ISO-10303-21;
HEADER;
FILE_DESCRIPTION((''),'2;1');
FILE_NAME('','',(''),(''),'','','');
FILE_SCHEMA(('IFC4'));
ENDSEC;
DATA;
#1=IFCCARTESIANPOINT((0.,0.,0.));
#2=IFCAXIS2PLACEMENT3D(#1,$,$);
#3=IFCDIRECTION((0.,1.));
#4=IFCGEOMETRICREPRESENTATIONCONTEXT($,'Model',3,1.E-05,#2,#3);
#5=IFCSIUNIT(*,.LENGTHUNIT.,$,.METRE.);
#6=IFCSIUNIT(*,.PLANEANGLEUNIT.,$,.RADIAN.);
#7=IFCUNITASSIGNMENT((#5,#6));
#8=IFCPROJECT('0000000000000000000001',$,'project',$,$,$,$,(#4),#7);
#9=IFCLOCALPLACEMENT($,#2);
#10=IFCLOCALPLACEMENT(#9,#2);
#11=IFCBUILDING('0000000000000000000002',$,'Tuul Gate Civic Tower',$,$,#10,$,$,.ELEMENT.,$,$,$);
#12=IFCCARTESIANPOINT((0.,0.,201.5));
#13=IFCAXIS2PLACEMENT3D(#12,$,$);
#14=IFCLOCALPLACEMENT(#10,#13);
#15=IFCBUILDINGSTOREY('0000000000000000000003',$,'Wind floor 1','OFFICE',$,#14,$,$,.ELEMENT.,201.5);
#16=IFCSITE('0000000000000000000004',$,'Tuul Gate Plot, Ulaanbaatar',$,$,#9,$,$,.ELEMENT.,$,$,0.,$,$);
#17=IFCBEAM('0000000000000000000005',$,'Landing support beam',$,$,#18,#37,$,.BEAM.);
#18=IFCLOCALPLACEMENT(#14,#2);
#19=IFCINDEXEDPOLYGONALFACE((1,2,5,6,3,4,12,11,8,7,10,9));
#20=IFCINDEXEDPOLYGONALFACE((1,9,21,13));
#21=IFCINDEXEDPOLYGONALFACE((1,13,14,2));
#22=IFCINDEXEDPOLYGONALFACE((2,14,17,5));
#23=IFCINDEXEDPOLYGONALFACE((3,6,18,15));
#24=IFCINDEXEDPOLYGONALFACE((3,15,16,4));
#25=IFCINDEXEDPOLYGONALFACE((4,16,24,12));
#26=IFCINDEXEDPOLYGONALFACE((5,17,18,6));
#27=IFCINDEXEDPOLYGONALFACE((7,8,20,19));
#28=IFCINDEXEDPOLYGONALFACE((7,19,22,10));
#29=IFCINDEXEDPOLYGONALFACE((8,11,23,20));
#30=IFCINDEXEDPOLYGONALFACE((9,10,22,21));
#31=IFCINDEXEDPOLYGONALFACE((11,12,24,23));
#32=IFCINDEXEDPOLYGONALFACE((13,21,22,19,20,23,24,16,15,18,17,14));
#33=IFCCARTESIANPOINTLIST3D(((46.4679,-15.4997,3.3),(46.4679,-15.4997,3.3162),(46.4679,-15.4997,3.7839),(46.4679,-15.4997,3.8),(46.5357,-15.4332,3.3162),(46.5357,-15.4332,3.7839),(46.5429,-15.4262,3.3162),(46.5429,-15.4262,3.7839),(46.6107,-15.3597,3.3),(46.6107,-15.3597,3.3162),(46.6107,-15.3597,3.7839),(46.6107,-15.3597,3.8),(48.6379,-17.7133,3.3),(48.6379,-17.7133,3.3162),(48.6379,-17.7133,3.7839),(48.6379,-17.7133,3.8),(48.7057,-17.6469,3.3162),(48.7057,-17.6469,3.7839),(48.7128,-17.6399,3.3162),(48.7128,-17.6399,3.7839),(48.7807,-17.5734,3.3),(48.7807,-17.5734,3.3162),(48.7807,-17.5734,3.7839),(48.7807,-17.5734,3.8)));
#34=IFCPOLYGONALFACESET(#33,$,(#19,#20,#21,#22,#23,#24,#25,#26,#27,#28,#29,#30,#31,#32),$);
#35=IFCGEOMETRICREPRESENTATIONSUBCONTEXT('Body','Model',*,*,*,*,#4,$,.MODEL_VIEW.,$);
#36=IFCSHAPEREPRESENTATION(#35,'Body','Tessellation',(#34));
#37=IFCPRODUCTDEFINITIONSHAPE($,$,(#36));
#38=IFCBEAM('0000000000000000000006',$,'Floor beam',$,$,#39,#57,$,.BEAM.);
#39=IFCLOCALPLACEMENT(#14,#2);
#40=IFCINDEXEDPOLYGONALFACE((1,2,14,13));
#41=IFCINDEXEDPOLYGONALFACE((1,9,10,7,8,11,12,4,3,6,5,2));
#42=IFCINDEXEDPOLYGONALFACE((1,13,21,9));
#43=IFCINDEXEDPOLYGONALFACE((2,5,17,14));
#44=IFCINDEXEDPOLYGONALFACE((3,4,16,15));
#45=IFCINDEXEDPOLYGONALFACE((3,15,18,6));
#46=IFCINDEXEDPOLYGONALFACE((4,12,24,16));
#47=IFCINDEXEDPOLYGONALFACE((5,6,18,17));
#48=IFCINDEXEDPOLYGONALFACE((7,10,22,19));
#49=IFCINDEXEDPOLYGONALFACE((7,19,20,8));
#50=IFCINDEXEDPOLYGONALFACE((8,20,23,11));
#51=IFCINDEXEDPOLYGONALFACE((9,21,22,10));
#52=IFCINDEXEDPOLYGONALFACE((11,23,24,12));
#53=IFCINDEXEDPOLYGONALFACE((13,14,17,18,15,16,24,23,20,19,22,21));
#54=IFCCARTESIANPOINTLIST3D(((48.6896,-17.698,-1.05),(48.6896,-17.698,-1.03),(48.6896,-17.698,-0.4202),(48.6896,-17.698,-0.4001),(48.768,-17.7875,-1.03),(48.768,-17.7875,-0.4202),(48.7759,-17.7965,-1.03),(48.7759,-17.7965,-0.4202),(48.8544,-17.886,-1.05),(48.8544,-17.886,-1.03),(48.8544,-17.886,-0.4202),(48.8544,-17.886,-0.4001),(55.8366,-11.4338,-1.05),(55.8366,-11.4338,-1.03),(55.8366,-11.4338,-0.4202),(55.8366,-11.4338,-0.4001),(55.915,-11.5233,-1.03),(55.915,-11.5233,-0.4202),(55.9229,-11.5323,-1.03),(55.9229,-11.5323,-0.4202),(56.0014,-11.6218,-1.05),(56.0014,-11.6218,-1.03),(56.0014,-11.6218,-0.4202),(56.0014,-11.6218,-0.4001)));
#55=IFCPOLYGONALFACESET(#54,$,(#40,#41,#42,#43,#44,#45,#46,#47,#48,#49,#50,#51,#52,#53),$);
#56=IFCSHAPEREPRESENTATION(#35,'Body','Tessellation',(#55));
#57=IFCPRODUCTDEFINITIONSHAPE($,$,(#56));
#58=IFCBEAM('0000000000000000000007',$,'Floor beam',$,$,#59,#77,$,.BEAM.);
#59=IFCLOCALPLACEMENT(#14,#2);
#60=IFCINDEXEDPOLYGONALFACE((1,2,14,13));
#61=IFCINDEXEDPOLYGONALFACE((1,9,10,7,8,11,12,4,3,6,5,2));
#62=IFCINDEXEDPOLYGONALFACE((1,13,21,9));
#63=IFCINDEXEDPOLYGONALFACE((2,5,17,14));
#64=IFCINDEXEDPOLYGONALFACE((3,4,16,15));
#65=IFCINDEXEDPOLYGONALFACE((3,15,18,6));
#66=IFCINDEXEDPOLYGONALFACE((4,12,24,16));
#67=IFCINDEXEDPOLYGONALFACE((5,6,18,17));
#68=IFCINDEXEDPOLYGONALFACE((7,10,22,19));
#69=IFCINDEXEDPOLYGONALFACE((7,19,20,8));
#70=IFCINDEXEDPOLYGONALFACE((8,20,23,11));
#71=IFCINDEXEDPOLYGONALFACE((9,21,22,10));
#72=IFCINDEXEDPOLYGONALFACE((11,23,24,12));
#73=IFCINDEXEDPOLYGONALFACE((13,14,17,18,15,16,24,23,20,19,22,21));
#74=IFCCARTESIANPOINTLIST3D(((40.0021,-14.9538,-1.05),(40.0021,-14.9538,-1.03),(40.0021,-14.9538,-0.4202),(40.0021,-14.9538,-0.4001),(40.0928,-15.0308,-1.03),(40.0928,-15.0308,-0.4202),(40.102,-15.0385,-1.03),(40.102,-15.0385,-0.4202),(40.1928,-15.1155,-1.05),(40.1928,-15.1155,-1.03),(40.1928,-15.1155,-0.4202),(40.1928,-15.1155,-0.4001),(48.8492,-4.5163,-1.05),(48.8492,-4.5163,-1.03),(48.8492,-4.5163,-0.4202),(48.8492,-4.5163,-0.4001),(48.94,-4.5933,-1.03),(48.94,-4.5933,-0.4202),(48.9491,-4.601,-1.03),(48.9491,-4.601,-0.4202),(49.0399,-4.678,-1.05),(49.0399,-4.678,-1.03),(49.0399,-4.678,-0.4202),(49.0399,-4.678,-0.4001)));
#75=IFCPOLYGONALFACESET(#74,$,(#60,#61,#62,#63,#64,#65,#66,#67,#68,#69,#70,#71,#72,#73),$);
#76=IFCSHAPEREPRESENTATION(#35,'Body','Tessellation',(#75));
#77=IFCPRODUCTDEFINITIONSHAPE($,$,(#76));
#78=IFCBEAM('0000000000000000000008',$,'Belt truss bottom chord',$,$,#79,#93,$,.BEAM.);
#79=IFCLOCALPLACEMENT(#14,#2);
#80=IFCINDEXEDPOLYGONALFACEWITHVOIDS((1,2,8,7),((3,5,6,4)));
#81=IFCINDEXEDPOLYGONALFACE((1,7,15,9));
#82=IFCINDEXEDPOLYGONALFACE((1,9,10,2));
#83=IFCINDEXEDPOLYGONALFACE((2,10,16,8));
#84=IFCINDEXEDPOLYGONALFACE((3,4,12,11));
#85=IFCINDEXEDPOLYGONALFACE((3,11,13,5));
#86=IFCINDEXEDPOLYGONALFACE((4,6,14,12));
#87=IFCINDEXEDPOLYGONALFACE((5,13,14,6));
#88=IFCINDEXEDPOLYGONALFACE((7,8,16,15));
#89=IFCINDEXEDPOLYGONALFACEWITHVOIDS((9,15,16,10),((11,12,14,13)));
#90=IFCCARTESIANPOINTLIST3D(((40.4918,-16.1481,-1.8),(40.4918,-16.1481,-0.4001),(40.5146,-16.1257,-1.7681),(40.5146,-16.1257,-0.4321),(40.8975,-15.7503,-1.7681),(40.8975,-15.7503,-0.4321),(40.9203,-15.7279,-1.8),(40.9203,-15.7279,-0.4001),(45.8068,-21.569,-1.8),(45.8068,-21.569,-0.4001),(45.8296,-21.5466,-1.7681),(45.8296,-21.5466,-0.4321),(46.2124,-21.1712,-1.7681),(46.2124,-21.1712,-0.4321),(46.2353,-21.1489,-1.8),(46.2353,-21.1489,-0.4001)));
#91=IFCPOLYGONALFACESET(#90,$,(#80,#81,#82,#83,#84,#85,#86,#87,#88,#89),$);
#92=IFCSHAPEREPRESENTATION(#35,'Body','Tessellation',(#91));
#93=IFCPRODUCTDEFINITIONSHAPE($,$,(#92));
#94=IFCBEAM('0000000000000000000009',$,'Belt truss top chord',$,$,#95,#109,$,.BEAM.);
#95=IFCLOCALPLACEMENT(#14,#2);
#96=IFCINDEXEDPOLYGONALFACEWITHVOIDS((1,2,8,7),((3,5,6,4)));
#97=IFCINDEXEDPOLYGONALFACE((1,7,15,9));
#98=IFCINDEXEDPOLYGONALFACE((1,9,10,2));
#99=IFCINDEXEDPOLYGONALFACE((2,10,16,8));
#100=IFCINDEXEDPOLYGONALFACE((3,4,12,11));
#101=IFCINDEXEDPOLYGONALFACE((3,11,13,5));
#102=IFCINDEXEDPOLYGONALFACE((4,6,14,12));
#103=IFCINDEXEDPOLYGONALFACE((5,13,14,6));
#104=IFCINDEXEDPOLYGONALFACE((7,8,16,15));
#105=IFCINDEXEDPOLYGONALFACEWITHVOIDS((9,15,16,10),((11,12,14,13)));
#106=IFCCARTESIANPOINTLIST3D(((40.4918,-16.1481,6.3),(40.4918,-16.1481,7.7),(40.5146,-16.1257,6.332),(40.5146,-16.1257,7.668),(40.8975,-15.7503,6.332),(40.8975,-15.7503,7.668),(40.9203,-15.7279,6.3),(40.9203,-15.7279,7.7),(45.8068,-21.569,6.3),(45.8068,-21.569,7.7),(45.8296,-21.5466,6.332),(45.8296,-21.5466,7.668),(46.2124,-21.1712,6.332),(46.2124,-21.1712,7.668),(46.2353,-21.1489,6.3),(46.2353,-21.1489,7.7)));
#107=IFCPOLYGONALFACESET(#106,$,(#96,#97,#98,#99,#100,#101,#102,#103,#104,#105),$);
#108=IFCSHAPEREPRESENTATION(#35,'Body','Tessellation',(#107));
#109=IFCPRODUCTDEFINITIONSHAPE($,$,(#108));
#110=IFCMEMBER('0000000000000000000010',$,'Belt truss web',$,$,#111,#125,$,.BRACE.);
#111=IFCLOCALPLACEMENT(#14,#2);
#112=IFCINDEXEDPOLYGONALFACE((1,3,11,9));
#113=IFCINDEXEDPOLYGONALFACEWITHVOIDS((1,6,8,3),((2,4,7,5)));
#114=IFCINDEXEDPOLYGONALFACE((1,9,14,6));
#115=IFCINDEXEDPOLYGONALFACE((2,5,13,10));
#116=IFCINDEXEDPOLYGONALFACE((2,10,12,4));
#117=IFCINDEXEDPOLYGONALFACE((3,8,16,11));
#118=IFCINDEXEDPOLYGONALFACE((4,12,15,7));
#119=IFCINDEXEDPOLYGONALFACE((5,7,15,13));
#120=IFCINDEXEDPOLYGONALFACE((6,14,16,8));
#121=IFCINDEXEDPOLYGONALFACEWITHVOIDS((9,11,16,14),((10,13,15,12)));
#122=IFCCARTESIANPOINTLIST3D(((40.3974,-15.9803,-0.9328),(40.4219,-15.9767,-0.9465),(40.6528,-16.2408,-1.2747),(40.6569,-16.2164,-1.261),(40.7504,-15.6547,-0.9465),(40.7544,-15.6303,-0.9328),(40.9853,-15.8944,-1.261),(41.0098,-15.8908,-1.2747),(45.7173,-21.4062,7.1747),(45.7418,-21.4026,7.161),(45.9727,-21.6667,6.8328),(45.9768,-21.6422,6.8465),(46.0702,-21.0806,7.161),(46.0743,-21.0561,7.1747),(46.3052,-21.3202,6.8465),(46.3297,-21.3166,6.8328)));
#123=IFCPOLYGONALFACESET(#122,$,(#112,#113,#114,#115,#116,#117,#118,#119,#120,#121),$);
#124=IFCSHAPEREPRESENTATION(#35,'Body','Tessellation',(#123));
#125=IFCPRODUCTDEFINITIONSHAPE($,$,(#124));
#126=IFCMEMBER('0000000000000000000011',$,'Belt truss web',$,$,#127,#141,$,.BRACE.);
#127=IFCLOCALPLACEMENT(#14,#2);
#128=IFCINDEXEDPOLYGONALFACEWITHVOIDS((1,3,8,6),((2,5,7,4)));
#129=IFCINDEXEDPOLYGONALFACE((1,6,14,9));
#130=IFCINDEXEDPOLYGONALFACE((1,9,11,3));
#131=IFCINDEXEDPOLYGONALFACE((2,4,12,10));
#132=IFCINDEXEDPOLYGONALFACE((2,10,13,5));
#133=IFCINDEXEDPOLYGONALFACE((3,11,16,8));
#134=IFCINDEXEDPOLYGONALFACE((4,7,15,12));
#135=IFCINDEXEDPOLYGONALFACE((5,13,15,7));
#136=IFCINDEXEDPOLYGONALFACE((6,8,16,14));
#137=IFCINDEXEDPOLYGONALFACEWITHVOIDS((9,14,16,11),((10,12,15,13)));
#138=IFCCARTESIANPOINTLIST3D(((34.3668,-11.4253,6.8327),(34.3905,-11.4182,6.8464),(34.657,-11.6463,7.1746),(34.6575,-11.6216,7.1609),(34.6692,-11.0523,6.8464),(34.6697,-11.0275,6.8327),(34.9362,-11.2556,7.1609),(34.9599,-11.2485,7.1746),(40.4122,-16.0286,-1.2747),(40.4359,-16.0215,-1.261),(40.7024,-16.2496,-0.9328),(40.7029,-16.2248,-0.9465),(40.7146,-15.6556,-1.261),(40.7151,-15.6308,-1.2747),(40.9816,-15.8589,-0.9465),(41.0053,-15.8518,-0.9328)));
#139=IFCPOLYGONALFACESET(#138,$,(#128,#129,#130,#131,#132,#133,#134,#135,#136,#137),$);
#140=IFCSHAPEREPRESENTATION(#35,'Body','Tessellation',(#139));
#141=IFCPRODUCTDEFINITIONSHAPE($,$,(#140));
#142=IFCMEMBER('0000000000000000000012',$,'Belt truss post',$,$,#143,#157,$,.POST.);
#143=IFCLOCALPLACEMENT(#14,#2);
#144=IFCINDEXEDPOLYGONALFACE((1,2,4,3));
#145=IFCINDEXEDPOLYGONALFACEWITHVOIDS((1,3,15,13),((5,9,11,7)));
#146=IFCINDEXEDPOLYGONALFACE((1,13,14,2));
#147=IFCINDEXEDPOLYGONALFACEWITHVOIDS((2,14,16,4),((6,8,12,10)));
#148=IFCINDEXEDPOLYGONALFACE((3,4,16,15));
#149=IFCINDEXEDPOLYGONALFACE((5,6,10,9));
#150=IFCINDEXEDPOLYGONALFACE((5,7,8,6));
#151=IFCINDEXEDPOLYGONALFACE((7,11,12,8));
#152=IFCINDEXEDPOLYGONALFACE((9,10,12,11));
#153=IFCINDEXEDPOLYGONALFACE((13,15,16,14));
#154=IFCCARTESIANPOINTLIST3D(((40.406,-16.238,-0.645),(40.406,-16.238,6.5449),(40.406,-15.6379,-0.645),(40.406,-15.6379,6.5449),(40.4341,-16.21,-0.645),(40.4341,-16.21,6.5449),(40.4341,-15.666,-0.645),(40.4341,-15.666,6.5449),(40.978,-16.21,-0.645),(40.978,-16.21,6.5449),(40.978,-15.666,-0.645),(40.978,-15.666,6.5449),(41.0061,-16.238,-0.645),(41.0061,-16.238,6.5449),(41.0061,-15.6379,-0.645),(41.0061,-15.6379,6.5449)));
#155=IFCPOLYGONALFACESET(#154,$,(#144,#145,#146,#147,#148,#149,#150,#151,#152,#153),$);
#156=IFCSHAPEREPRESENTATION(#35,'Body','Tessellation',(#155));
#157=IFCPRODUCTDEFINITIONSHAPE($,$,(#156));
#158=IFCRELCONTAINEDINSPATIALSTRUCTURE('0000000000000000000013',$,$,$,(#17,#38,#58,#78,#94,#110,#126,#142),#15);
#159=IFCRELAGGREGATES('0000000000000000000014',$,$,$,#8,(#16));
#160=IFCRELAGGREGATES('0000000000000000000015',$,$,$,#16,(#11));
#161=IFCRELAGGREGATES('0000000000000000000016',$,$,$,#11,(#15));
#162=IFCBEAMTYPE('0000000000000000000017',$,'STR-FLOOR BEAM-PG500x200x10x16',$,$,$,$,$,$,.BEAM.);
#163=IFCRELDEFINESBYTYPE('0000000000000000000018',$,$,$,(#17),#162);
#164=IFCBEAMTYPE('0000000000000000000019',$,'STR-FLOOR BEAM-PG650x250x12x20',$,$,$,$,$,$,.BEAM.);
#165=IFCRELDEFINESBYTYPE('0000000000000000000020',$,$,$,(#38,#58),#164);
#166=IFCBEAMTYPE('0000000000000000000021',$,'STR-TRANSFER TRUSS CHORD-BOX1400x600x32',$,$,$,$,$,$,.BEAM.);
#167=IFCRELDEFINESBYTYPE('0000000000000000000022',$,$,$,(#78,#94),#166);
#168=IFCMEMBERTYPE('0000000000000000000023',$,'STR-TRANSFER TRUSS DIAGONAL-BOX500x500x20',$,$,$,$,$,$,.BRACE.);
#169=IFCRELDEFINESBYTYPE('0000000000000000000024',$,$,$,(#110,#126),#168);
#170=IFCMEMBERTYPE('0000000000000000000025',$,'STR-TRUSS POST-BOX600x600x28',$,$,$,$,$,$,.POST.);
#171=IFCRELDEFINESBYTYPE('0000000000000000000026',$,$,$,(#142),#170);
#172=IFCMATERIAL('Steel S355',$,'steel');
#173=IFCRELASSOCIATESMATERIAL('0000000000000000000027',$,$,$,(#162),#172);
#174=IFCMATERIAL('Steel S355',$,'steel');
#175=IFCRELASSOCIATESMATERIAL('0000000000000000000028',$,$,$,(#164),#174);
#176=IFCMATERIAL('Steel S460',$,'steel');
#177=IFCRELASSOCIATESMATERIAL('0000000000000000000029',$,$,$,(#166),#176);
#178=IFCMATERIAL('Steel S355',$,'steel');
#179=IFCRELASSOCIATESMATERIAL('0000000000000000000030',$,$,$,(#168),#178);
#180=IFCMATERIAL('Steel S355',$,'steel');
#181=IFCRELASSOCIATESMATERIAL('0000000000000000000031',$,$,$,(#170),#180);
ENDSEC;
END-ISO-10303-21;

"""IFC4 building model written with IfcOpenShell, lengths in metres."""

from ifc_helpers import new_model, si_unit, direction, frame, origin, origin_2d, place, context, subcontext, project, spatial, hollow_rectangle, i_section, extrude, material, material_profile, profile_set, type_object, element, save


model = new_model("IFC4")

# Units and contexts
model_context = context("Model", 3, precision=1e-05, world=origin(), true_north=direction((0.0, 1.0)))
body_context = subcontext(model_context, "Body", "Model", "MODEL_VIEW")
ifc_project = project(units=[si_unit("LENGTHUNIT", "METRE"), si_unit("PLANEANGLEUNIT", "RADIAN")], contexts=[model_context])

# Site, building, storey
site_placement = place(None, origin())
site = spatial("IfcSite", under=ifc_project, at=site_placement, Name="Tuul Gate Plot, Ulaanbaatar", CompositionType="ELEMENT", RefElevation=0.0)
building_placement = place(site_placement, origin())
building = spatial("IfcBuilding", under=site, at=building_placement, Name="Tuul Gate Civic Tower", CompositionType="ELEMENT")
storey_placement = place(building_placement, frame((0.0, 0.0, 201.5)))
storey = spatial("IfcBuildingStorey", under=building, at=storey_placement, Name="Wind floor 1", Description="OFFICE", CompositionType="ELEMENT", Elevation=201.5)

# Beams
ifc_material_1 = material(Name="Steel S355", Category="steel")
ifc_material_profile_1 = material_profile(ifc_material_1, i_section(OverallWidth=0.2, OverallDepth=0.5, WebThickness=0.01, FlangeThickness=0.0161, at=origin_2d()), Name="PG500x200x10x16")
ifc_profile_set_1 = profile_set([ifc_material_profile_1], Name="Steel S355")
beam_type_1 = type_object("IfcBeamType", Name="STR-FLOOR BEAM-PG500x200x10x16", PredefinedType="BEAM", material=ifc_profile_set_1)
beam_1_placement = place(storey_placement, frame((46.5393, -15.4297, 3.55), z_axis=(0.700023, -0.714121, 0.0), x_axis=(0.714121, 0.700023, 0.0)))
element("IfcBeam", 1, at=beam_1_placement, inside=storey, type_object=beam_type_1, Name="Landing support beam", PredefinedType="BEAM", context=body_context, shape_type="SweptSolid", body=[
    extrude(i_section(OverallWidth=0.2, OverallDepth=0.5, WebThickness=0.01, FlangeThickness=0.0161, at=origin_2d()), origin(), (0.0, 0.0, 1.0), 3.0999),
])
ifc_material_2 = material(Name="Steel S355", Category="steel")
ifc_material_profile_2 = material_profile(ifc_material_2, i_section(OverallWidth=0.25, OverallDepth=0.6499, WebThickness=0.012, FlangeThickness=0.02, at=origin_2d()), Name="PG650x250x12x20")
ifc_profile_set_2 = profile_set([ifc_material_profile_2], Name="Steel S355")
beam_type_2 = type_object("IfcBeamType", Name="STR-FLOOR BEAM-PG650x250x12x20", PredefinedType="BEAM", material=ifc_profile_set_2)
beam_2_placement = place(storey_placement, frame((48.772, -17.792, -0.7251), z_axis=(0.752026, 0.659134, 0.0), x_axis=(-0.659134, 0.752026, 0.0)))
element("IfcBeam", 2, at=beam_2_placement, inside=storey, type_object=beam_type_2, Name="Floor beam", PredefinedType="BEAM", context=body_context, shape_type="SweptSolid", body=[
    extrude(i_section(OverallWidth=0.25, OverallDepth=0.6499, WebThickness=0.012, FlangeThickness=0.02, at=origin_2d()), origin(), (0.0, 0.0, 1.0), 9.5037),
])
beam_3_placement = place(storey_placement, frame((40.0974, -15.0347, -0.7251), z_axis=(0.646599, 0.76283, 0.0), x_axis=(-0.76283, 0.646599, 0.0)))
element("IfcBeam", 3, at=beam_3_placement, inside=storey, type_object=beam_type_2, Name="Floor beam", PredefinedType="BEAM", context=body_context, shape_type="SweptSolid", body=[
    extrude(i_section(OverallWidth=0.25, OverallDepth=0.6499, WebThickness=0.012, FlangeThickness=0.02, at=origin_2d()), origin(), (0.0, 0.0, 1.0), 13.6826),
])
ifc_material_3 = material(Name="Steel S460", Category="steel")
ifc_material_profile_3 = material_profile(ifc_material_3, hollow_rectangle(XDim=0.6001, YDim=1.3999, WallThickness=0.032, at=origin_2d()), Name="BOX1400x600x32")
ifc_profile_set_3 = profile_set([ifc_material_profile_3], Name="Steel S460")
beam_type_3 = type_object("IfcBeamType", Name="STR-TRANSFER TRUSS CHORD-BOX1400x600x32", PredefinedType="BEAM", material=ifc_profile_set_3)
for number, where, z_axis, x_axis, name in (
    (4, (40.7061, -15.938, -1.1001), (0.700094, -0.714051, 0.0), (0.714051, 0.700094, 0.0), "Belt truss bottom chord"),
    (5, (40.7061, -15.938, 7.0), (0.700094, -0.714051, 0.0), (0.714051, 0.700094, 0.0), "Belt truss top chord"),
):
    element("IfcBeam", number, at=place(storey_placement, frame(where, z_axis=z_axis, x_axis=x_axis)), inside=storey, type_object=beam_type_3, Name=name, PredefinedType="BEAM", context=body_context, shape_type="SweptSolid", body=[
        extrude(hollow_rectangle(XDim=0.6001, YDim=1.3999, WallThickness=0.032, at=origin_2d()), origin(), (0.0, 0.0, 1.0), 7.5918),
    ])

# Members
ifc_material_4 = material(Name="Steel S355", Category="steel")
ifc_material_profile_4 = material_profile(ifc_material_4, hollow_rectangle(XDim=0.5, YDim=0.5, WallThickness=0.02, at=origin_2d()), Name="BOX500x500x20")
ifc_profile_set_4 = profile_set([ifc_material_profile_4], Name="Steel S355")
member_type_1 = type_object("IfcMemberType", Name="STR-TRANSFER TRUSS DIAGONAL-BOX500x500x20", PredefinedType="BRACE", material=ifc_profile_set_4)
member_1_placement = place(storey_placement, frame((40.7036, -15.9355, -1.1038), z_axis=(0.478759, -0.488294, 0.729629), x_axis=(0.714044, 0.7001, 0.0)))
element("IfcMember", 6, at=member_1_placement, inside=storey, type_object=member_type_1, Name="Belt truss web", PredefinedType="BRACE", context=body_context, shape_type="SweptSolid", body=[
    extrude(hollow_rectangle(XDim=0.5, YDim=0.5, WallThickness=0.02, at=origin_2d()), origin(), (0.0, 0.0, 1.0), 11.1118),
])
member_2_placement = place(storey_placement, frame((40.7087, -15.9402, -1.1038), z_axis=(-0.544064, 0.414277, 0.729637), x_axis=(-0.605814, -0.795606, 0.0)))
element("IfcMember", 7, at=member_2_placement, inside=storey, type_object=member_type_1, Name="Belt truss web", PredefinedType="BRACE", context=body_context, shape_type="SweptSolid", body=[
    extrude(hollow_rectangle(XDim=0.5, YDim=0.5, WallThickness=0.02, at=origin_2d()), origin(), (0.0, 0.0, 1.0), 11.1116),
])
ifc_material_5 = material(Name="Steel S355", Category="steel")
ifc_material_profile_5 = material_profile(ifc_material_5, hollow_rectangle(XDim=0.6001, YDim=0.6001, WallThickness=0.0281, at=origin_2d()), Name="BOX600x600x28")
ifc_profile_set_5 = profile_set([ifc_material_profile_5], Name="Steel S355")
member_type_2 = type_object("IfcMemberType", Name="STR-TRUSS POST-BOX600x600x28", PredefinedType="POST", material=ifc_profile_set_5)
member_3_placement = place(storey_placement, frame((40.7061, -15.938, -0.645), z_axis=(0.0, 0.0, 1.0), x_axis=(1.0, 0.0, 0.0)))
element("IfcMember", 8, at=member_3_placement, inside=storey, type_object=member_type_2, Name="Belt truss post", PredefinedType="POST", context=body_context, shape_type="SweptSolid", body=[
    extrude(hollow_rectangle(XDim=0.6001, YDim=0.6001, WallThickness=0.0281, at=origin_2d()), origin(), (0.0, 0.0, 1.0), 7.1899),
])

save(model, "model.ifc")
